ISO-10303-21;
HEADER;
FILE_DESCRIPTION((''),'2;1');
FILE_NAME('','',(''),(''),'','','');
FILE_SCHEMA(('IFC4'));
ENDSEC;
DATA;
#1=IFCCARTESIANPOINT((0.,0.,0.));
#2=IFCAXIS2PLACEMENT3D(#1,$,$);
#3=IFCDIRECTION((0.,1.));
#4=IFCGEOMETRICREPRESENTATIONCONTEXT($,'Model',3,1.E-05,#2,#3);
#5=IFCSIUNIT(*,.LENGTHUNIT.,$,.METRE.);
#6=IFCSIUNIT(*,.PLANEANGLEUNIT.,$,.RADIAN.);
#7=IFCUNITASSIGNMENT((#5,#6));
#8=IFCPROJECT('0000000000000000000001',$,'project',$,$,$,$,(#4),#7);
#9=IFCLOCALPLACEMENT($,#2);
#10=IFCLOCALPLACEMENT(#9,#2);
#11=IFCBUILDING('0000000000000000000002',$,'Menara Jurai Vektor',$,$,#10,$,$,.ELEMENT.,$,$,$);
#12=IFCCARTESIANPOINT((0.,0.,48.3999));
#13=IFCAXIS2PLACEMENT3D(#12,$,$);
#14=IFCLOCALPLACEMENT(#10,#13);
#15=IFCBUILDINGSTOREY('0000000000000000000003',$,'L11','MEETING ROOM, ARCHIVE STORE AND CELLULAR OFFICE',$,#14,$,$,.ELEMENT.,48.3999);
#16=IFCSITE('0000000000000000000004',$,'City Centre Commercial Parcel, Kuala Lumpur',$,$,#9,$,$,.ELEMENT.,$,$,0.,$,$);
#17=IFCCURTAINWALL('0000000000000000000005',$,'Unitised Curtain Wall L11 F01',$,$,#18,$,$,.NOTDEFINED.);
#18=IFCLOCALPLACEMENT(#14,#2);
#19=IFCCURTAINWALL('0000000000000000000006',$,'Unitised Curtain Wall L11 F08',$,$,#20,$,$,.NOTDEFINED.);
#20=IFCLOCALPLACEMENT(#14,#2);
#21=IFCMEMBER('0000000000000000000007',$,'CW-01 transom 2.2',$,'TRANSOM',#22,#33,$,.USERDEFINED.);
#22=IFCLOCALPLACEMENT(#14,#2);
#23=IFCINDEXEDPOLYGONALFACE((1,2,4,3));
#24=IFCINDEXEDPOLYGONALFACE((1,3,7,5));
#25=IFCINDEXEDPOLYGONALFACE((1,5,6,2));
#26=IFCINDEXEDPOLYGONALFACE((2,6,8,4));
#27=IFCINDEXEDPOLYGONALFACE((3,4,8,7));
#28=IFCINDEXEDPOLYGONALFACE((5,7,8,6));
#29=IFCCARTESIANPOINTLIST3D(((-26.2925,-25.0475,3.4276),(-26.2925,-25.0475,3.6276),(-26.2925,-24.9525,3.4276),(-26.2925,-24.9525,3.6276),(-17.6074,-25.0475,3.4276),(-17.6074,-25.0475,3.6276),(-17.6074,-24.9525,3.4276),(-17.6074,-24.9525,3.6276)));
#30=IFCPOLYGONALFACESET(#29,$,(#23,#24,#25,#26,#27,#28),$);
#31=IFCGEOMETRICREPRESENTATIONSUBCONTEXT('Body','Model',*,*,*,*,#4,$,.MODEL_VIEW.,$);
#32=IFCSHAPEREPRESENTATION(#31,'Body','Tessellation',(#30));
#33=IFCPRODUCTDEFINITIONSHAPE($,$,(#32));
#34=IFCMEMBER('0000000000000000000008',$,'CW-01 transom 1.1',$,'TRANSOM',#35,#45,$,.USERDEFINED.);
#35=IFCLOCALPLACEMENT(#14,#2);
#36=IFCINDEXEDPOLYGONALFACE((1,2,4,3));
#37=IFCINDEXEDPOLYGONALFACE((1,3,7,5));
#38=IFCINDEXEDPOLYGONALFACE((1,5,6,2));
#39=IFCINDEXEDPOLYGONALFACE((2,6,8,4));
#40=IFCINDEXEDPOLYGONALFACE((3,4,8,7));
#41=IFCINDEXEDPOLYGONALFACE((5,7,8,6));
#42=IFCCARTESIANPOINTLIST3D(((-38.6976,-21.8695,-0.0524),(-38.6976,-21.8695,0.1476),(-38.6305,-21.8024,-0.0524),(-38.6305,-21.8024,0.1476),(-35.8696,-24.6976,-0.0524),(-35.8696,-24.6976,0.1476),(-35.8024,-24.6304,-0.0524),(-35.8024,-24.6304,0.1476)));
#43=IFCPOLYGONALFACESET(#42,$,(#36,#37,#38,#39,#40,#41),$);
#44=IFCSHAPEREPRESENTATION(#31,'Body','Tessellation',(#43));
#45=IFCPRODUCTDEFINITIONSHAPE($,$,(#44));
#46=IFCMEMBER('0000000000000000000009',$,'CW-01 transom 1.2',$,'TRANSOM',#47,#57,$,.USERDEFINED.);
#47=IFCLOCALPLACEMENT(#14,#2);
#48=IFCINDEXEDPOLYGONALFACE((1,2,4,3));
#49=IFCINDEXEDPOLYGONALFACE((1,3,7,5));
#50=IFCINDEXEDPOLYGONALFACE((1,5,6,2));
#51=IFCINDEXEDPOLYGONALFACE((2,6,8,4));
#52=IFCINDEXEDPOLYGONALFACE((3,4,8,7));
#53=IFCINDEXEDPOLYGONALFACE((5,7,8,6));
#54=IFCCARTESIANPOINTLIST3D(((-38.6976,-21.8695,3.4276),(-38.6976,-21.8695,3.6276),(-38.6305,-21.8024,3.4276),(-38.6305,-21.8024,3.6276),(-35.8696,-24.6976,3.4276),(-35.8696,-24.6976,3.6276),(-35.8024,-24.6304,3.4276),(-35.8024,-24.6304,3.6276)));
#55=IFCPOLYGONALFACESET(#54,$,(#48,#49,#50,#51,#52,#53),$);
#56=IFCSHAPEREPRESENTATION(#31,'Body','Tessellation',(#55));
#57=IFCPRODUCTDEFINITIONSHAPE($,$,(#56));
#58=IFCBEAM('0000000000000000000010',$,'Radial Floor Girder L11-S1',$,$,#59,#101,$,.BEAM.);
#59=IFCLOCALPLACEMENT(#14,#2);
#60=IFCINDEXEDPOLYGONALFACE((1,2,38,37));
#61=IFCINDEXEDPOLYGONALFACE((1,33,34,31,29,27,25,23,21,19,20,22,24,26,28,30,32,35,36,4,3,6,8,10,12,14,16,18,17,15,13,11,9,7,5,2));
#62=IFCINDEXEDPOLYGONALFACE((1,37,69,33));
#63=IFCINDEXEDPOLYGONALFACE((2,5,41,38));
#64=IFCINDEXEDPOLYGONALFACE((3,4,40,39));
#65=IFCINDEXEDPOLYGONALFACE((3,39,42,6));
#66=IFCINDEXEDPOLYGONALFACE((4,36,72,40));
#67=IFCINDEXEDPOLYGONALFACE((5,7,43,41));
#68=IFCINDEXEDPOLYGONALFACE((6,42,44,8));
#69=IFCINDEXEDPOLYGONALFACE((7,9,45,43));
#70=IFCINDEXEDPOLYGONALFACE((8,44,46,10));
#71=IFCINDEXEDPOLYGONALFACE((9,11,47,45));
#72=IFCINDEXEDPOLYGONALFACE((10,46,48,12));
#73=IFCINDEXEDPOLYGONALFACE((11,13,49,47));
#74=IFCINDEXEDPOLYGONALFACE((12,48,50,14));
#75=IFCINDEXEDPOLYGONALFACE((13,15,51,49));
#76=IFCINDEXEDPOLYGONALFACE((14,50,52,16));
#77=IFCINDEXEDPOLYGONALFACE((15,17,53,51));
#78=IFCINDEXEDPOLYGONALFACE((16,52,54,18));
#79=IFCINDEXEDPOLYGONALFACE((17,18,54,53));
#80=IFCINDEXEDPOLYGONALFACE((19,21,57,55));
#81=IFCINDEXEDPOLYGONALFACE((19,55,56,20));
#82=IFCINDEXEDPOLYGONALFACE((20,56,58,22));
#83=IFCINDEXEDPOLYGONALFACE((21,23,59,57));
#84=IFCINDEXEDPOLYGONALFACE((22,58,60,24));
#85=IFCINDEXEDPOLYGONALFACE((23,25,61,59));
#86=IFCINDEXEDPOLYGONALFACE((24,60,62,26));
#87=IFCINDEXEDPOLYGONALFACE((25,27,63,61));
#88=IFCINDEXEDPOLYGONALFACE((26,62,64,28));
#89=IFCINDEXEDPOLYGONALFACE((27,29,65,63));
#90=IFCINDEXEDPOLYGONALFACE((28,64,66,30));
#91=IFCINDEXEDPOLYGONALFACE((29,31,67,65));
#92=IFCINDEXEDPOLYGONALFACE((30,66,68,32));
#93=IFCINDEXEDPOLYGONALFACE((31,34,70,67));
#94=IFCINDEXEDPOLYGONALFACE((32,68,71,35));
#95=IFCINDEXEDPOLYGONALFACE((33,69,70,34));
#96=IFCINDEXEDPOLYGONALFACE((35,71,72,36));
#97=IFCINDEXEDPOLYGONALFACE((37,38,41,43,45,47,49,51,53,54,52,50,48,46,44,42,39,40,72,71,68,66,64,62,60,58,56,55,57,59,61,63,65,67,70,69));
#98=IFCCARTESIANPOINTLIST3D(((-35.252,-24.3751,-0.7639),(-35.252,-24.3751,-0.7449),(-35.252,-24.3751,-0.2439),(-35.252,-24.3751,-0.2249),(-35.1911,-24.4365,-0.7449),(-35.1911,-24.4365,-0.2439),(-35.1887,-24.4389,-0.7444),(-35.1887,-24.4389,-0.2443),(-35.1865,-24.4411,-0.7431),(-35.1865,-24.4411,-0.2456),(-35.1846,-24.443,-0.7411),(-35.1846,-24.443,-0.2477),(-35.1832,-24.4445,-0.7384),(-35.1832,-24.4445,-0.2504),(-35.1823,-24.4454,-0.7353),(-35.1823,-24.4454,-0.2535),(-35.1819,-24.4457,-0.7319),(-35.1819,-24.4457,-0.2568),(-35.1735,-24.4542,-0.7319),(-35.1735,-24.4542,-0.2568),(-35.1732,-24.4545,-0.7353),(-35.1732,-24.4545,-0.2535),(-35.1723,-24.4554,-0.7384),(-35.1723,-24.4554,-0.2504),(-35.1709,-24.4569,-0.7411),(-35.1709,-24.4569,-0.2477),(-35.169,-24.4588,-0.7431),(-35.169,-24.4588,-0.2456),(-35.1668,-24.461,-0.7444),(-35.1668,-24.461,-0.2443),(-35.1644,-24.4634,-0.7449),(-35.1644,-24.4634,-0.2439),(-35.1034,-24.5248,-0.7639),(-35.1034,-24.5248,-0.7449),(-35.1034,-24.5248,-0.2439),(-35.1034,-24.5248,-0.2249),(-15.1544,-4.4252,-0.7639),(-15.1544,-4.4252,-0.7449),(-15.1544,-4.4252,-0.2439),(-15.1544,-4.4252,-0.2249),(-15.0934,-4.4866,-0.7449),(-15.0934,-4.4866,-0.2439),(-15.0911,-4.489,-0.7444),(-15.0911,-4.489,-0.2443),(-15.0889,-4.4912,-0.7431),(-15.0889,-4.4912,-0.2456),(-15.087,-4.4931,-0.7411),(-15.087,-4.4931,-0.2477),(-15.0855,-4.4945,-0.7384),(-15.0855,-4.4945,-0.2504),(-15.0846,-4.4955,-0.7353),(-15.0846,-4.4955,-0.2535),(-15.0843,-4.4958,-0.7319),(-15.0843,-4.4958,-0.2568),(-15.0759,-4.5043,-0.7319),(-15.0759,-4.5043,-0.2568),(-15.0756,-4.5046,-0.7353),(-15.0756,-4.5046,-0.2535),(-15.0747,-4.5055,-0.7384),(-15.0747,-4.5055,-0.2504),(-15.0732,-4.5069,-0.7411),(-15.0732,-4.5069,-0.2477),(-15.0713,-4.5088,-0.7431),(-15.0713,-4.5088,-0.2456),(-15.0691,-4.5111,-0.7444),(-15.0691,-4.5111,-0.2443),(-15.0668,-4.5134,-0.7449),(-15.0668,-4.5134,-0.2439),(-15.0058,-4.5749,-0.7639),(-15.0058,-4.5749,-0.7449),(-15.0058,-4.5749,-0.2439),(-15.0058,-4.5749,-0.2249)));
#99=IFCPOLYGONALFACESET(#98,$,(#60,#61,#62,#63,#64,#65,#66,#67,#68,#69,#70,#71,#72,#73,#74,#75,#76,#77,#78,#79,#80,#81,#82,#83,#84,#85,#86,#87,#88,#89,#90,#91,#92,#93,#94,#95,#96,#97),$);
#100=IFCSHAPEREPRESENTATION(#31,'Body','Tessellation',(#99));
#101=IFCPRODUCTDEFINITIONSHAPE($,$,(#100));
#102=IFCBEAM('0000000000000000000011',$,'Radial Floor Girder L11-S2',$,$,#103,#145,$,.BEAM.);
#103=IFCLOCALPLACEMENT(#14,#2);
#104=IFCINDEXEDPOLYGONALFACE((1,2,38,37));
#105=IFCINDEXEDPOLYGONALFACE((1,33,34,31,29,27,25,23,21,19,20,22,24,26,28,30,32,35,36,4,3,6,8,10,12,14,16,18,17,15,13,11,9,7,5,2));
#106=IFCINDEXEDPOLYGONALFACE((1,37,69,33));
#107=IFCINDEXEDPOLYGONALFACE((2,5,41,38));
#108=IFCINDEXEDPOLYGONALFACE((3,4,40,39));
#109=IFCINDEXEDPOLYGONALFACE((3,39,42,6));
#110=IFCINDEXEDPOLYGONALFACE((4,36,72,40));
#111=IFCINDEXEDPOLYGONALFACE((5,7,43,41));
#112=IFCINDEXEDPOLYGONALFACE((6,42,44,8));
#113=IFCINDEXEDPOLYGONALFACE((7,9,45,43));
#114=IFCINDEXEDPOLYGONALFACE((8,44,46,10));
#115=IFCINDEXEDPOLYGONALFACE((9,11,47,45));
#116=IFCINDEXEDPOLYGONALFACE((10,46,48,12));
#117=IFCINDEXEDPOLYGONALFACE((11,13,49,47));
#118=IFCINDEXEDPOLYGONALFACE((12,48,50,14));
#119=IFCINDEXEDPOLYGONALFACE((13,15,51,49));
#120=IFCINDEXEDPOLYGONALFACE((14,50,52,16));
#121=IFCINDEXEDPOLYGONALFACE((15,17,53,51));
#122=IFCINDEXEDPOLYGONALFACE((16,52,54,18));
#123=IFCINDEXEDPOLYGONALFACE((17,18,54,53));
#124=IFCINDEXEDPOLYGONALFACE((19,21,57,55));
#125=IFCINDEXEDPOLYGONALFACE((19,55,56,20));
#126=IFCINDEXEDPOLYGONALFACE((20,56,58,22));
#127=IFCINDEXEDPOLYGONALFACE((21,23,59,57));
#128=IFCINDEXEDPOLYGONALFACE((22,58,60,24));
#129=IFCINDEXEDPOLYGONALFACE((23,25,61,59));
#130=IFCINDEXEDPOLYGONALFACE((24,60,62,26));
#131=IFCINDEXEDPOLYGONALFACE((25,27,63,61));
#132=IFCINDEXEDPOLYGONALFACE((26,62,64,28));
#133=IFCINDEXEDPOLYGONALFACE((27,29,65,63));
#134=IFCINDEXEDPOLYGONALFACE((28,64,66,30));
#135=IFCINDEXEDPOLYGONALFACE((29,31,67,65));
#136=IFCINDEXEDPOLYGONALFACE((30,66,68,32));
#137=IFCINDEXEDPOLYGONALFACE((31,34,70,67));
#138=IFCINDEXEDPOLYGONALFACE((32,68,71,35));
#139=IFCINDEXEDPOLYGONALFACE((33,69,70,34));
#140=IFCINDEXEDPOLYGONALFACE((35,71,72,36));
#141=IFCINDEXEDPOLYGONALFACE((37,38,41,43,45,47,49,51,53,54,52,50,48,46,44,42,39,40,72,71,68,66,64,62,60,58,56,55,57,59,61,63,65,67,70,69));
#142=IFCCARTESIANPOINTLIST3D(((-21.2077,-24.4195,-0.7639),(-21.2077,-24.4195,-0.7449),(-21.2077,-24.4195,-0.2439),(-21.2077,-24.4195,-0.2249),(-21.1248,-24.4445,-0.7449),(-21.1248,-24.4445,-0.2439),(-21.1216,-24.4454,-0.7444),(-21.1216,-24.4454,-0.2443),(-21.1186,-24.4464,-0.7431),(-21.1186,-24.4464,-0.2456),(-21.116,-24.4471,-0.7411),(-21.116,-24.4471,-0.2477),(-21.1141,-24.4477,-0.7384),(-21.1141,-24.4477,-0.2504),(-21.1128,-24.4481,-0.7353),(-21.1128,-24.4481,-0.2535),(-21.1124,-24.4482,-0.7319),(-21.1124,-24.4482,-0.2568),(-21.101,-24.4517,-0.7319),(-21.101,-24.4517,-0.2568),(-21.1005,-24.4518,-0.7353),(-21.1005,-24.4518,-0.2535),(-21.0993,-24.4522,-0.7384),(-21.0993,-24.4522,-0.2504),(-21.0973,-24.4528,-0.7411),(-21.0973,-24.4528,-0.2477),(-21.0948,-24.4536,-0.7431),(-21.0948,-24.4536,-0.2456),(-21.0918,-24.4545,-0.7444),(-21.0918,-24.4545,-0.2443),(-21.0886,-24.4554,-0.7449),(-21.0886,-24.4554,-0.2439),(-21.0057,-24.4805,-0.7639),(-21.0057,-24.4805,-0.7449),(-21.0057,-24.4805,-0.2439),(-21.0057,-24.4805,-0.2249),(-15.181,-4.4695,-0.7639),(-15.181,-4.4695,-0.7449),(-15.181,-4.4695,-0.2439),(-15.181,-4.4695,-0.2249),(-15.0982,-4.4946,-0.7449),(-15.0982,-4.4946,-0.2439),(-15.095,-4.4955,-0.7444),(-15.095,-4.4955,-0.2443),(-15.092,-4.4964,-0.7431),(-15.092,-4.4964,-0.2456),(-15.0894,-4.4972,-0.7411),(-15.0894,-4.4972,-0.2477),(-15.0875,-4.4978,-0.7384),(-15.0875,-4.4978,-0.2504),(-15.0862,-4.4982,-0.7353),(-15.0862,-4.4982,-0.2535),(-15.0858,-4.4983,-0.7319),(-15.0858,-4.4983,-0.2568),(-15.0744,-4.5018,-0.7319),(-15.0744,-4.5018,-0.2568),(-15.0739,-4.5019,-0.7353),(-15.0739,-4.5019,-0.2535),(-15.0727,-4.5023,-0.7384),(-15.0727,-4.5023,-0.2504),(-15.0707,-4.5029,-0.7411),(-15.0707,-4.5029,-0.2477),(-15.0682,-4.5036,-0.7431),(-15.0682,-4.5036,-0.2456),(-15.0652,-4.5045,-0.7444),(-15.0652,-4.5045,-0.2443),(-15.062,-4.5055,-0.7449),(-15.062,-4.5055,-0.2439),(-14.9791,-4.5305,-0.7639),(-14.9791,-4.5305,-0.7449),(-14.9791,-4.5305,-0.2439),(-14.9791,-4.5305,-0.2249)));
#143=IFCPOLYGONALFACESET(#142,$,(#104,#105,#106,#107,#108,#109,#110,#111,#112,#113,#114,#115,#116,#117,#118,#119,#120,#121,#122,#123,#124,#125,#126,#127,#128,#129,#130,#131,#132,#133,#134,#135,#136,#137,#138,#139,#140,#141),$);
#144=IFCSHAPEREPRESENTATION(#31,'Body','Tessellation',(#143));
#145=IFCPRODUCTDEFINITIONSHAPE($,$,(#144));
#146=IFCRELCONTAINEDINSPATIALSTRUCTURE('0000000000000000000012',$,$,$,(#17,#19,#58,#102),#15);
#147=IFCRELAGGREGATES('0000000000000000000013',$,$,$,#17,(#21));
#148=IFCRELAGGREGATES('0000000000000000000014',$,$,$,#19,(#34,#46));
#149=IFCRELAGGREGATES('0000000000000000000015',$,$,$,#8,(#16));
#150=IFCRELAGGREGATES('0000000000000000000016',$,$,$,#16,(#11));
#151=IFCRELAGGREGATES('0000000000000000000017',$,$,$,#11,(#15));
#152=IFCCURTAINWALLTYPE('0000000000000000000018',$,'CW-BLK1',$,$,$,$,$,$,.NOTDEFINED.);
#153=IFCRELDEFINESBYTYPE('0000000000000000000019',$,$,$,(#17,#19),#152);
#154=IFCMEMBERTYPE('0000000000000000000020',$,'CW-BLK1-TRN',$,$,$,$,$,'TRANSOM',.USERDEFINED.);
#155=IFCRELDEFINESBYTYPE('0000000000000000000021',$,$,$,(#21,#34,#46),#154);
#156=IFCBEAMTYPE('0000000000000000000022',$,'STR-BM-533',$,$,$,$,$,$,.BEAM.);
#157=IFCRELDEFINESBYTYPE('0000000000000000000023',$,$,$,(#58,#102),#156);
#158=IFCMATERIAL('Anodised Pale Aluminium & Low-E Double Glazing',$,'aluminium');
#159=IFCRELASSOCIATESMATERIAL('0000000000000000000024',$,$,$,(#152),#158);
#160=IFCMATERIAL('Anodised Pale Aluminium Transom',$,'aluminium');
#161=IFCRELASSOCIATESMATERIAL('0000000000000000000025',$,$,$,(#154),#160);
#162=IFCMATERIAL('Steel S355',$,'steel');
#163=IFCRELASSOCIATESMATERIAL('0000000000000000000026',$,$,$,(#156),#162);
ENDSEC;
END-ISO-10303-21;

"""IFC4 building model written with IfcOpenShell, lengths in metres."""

from ifc_helpers import new_model, si_unit, direction, frame, origin, origin_2d, place, context, subcontext, project, spatial, rectangle, i_section, extrude, material, material_profile, profile_set, type_object, element, aggregate, save


model = new_model("IFC4")

# Units and contexts
model_context = context("Model", 3, precision=1e-05, world=origin(), true_north=direction((0.0, 1.0)))
body_context = subcontext(model_context, "Body", "Model", "MODEL_VIEW")
ifc_project = project(units=[si_unit("LENGTHUNIT", "METRE"), si_unit("PLANEANGLEUNIT", "RADIAN")], contexts=[model_context])

# Site, building, storey
site_placement = place(None, origin())
site = spatial("IfcSite", under=ifc_project, at=site_placement, Name="City Centre Commercial Parcel, Kuala Lumpur", CompositionType="ELEMENT", RefElevation=0.0)
building_placement = place(site_placement, origin())
building = spatial("IfcBuilding", under=site, at=building_placement, Name="Menara Jurai Vektor", CompositionType="ELEMENT")
storey_placement = place(building_placement, frame((0.0, 0.0, 48.3999)))
storey = spatial("IfcBuildingStorey", under=building, at=storey_placement, Name="L11", Description="MEETING ROOM, ARCHIVE STORE AND CELLULAR OFFICE", CompositionType="ELEMENT", Elevation=48.3999)

# Curtain walls
ifc_material_1 = material(Name="Anodised Pale Aluminium & Low-E Double Glazing", Category="aluminium")
curtain_wall_type = type_object("IfcCurtainWallType", Name="CW-BLK1", PredefinedType="NOTDEFINED", material=ifc_material_1)
curtain_wall_1_placement = place(storey_placement, origin())
curtain_wall_1 = element("IfcCurtainWall", 1, at=curtain_wall_1_placement, inside=storey, type_object=curtain_wall_type, Name="Unitised Curtain Wall L11 F01", PredefinedType="NOTDEFINED")
curtain_wall_2_placement = place(storey_placement, origin())
curtain_wall_2 = element("IfcCurtainWall", 2, at=curtain_wall_2_placement, inside=storey, type_object=curtain_wall_type, Name="Unitised Curtain Wall L11 F08", PredefinedType="NOTDEFINED")

# Members
ifc_material_2 = material(Name="Anodised Pale Aluminium Transom", Category="aluminium")
ifc_material_profile_1 = material_profile(ifc_material_2, rectangle(XDim=0.095, YDim=0.2, at=origin_2d()), Name="ALU TRN 95x200")
ifc_profile_set_1 = profile_set([ifc_material_profile_1], Name="Anodised Pale Aluminium Transom")
member_type_1 = type_object("IfcMemberType", Name="CW-BLK1-TRN", ElementType="TRANSOM", PredefinedType="USERDEFINED", material=ifc_profile_set_1)
member_1_placement = place(storey_placement, frame((-26.2925, -25.0, 3.5276), z_axis=(1.0, 0.0, 0.0), x_axis=(0.0, 1.0, 0.0)))
member_1 = element("IfcMember", 3, at=member_1_placement, type_object=member_type_1, Name="CW-01 transom 2.2", ObjectType="TRANSOM", PredefinedType="USERDEFINED", context=body_context, shape_type="SweptSolid", body=[
    extrude(rectangle(XDim=0.095, YDim=0.2, at=origin_2d()), origin(), (0.0, 0.0, 1.0), 8.6851),
])
member_2_placement = place(storey_placement, frame((-38.6641, -21.8359, 0.0476), z_axis=(0.707107, -0.707107, 0.0), x_axis=(0.707107, 0.707107, 0.0)))
member_2 = element("IfcMember", 4, at=member_2_placement, type_object=member_type_1, Name="CW-01 transom 1.1", ObjectType="TRANSOM", PredefinedType="USERDEFINED", context=body_context, shape_type="SweptSolid", body=[
    extrude(rectangle(XDim=0.095, YDim=0.2, at=origin_2d()), origin(), (0.0, 0.0, 1.0), 3.9995),
])
member_3_placement = place(storey_placement, frame((-38.6641, -21.8359, 3.5276), z_axis=(0.707107, -0.707107, 0.0), x_axis=(0.707107, 0.707107, 0.0)))
member_3 = element("IfcMember", 5, at=member_3_placement, type_object=member_type_1, Name="CW-01 transom 1.2", ObjectType="TRANSOM", PredefinedType="USERDEFINED", context=body_context, shape_type="SweptSolid", body=[
    extrude(rectangle(XDim=0.095, YDim=0.2, at=origin_2d()), origin(), (0.0, 0.0, 1.0), 3.9995),
])

# Beams
ifc_material_3 = material(Name="Steel S355", Category="steel")
ifc_material_profile_2 = material_profile(ifc_material_3, i_section(OverallWidth=0.2109, OverallDepth=0.5391, WebThickness=0.012, FlangeThickness=0.019, FilletRadius=0.0129, at=origin_2d()), Name="UKB 533x210x109")
ifc_profile_set_2 = profile_set([ifc_material_profile_2], Name="Steel S355")
beam_type_1 = type_object("IfcBeamType", Name="STR-BM-533", PredefinedType="BEAM", material=ifc_profile_set_2)
beam_1_placement = place(storey_placement, frame((-35.1777, -24.45, -0.4944), z_axis=(0.70971, 0.704494, 0.0), x_axis=(-0.704494, 0.70971, 0.0)))
element("IfcBeam", 6, at=beam_1_placement, inside=storey, type_object=beam_type_1, Name="Radial Floor Girder L11-S1", PredefinedType="BEAM", context=body_context, shape_type="SweptSolid", body=[
    extrude(i_section(OverallWidth=0.2109, OverallDepth=0.5391, WebThickness=0.012, FlangeThickness=0.019, FilletRadius=0.0129, at=origin_2d()), origin(), (0.0, 0.0, 1.0), 28.3181),
])
beam_2_placement = place(storey_placement, frame((-21.1067, -24.45, -0.4944), z_axis=(0.28918, 0.957275, 0.0), x_axis=(-0.957275, 0.28918, 0.0)))
element("IfcBeam", 7, at=beam_2_placement, inside=storey, type_object=beam_type_1, Name="Radial Floor Girder L11-S2", PredefinedType="BEAM", context=body_context, shape_type="SweptSolid", body=[
    extrude(i_section(OverallWidth=0.2109, OverallDepth=0.5391, WebThickness=0.012, FlangeThickness=0.019, FilletRadius=0.0129, at=origin_2d()), origin(), (0.0, 0.0, 1.0), 20.8403),
])

aggregate(curtain_wall_1, [member_1])
aggregate(curtain_wall_2, [member_2, member_3])

save(model, "model.ifc")
